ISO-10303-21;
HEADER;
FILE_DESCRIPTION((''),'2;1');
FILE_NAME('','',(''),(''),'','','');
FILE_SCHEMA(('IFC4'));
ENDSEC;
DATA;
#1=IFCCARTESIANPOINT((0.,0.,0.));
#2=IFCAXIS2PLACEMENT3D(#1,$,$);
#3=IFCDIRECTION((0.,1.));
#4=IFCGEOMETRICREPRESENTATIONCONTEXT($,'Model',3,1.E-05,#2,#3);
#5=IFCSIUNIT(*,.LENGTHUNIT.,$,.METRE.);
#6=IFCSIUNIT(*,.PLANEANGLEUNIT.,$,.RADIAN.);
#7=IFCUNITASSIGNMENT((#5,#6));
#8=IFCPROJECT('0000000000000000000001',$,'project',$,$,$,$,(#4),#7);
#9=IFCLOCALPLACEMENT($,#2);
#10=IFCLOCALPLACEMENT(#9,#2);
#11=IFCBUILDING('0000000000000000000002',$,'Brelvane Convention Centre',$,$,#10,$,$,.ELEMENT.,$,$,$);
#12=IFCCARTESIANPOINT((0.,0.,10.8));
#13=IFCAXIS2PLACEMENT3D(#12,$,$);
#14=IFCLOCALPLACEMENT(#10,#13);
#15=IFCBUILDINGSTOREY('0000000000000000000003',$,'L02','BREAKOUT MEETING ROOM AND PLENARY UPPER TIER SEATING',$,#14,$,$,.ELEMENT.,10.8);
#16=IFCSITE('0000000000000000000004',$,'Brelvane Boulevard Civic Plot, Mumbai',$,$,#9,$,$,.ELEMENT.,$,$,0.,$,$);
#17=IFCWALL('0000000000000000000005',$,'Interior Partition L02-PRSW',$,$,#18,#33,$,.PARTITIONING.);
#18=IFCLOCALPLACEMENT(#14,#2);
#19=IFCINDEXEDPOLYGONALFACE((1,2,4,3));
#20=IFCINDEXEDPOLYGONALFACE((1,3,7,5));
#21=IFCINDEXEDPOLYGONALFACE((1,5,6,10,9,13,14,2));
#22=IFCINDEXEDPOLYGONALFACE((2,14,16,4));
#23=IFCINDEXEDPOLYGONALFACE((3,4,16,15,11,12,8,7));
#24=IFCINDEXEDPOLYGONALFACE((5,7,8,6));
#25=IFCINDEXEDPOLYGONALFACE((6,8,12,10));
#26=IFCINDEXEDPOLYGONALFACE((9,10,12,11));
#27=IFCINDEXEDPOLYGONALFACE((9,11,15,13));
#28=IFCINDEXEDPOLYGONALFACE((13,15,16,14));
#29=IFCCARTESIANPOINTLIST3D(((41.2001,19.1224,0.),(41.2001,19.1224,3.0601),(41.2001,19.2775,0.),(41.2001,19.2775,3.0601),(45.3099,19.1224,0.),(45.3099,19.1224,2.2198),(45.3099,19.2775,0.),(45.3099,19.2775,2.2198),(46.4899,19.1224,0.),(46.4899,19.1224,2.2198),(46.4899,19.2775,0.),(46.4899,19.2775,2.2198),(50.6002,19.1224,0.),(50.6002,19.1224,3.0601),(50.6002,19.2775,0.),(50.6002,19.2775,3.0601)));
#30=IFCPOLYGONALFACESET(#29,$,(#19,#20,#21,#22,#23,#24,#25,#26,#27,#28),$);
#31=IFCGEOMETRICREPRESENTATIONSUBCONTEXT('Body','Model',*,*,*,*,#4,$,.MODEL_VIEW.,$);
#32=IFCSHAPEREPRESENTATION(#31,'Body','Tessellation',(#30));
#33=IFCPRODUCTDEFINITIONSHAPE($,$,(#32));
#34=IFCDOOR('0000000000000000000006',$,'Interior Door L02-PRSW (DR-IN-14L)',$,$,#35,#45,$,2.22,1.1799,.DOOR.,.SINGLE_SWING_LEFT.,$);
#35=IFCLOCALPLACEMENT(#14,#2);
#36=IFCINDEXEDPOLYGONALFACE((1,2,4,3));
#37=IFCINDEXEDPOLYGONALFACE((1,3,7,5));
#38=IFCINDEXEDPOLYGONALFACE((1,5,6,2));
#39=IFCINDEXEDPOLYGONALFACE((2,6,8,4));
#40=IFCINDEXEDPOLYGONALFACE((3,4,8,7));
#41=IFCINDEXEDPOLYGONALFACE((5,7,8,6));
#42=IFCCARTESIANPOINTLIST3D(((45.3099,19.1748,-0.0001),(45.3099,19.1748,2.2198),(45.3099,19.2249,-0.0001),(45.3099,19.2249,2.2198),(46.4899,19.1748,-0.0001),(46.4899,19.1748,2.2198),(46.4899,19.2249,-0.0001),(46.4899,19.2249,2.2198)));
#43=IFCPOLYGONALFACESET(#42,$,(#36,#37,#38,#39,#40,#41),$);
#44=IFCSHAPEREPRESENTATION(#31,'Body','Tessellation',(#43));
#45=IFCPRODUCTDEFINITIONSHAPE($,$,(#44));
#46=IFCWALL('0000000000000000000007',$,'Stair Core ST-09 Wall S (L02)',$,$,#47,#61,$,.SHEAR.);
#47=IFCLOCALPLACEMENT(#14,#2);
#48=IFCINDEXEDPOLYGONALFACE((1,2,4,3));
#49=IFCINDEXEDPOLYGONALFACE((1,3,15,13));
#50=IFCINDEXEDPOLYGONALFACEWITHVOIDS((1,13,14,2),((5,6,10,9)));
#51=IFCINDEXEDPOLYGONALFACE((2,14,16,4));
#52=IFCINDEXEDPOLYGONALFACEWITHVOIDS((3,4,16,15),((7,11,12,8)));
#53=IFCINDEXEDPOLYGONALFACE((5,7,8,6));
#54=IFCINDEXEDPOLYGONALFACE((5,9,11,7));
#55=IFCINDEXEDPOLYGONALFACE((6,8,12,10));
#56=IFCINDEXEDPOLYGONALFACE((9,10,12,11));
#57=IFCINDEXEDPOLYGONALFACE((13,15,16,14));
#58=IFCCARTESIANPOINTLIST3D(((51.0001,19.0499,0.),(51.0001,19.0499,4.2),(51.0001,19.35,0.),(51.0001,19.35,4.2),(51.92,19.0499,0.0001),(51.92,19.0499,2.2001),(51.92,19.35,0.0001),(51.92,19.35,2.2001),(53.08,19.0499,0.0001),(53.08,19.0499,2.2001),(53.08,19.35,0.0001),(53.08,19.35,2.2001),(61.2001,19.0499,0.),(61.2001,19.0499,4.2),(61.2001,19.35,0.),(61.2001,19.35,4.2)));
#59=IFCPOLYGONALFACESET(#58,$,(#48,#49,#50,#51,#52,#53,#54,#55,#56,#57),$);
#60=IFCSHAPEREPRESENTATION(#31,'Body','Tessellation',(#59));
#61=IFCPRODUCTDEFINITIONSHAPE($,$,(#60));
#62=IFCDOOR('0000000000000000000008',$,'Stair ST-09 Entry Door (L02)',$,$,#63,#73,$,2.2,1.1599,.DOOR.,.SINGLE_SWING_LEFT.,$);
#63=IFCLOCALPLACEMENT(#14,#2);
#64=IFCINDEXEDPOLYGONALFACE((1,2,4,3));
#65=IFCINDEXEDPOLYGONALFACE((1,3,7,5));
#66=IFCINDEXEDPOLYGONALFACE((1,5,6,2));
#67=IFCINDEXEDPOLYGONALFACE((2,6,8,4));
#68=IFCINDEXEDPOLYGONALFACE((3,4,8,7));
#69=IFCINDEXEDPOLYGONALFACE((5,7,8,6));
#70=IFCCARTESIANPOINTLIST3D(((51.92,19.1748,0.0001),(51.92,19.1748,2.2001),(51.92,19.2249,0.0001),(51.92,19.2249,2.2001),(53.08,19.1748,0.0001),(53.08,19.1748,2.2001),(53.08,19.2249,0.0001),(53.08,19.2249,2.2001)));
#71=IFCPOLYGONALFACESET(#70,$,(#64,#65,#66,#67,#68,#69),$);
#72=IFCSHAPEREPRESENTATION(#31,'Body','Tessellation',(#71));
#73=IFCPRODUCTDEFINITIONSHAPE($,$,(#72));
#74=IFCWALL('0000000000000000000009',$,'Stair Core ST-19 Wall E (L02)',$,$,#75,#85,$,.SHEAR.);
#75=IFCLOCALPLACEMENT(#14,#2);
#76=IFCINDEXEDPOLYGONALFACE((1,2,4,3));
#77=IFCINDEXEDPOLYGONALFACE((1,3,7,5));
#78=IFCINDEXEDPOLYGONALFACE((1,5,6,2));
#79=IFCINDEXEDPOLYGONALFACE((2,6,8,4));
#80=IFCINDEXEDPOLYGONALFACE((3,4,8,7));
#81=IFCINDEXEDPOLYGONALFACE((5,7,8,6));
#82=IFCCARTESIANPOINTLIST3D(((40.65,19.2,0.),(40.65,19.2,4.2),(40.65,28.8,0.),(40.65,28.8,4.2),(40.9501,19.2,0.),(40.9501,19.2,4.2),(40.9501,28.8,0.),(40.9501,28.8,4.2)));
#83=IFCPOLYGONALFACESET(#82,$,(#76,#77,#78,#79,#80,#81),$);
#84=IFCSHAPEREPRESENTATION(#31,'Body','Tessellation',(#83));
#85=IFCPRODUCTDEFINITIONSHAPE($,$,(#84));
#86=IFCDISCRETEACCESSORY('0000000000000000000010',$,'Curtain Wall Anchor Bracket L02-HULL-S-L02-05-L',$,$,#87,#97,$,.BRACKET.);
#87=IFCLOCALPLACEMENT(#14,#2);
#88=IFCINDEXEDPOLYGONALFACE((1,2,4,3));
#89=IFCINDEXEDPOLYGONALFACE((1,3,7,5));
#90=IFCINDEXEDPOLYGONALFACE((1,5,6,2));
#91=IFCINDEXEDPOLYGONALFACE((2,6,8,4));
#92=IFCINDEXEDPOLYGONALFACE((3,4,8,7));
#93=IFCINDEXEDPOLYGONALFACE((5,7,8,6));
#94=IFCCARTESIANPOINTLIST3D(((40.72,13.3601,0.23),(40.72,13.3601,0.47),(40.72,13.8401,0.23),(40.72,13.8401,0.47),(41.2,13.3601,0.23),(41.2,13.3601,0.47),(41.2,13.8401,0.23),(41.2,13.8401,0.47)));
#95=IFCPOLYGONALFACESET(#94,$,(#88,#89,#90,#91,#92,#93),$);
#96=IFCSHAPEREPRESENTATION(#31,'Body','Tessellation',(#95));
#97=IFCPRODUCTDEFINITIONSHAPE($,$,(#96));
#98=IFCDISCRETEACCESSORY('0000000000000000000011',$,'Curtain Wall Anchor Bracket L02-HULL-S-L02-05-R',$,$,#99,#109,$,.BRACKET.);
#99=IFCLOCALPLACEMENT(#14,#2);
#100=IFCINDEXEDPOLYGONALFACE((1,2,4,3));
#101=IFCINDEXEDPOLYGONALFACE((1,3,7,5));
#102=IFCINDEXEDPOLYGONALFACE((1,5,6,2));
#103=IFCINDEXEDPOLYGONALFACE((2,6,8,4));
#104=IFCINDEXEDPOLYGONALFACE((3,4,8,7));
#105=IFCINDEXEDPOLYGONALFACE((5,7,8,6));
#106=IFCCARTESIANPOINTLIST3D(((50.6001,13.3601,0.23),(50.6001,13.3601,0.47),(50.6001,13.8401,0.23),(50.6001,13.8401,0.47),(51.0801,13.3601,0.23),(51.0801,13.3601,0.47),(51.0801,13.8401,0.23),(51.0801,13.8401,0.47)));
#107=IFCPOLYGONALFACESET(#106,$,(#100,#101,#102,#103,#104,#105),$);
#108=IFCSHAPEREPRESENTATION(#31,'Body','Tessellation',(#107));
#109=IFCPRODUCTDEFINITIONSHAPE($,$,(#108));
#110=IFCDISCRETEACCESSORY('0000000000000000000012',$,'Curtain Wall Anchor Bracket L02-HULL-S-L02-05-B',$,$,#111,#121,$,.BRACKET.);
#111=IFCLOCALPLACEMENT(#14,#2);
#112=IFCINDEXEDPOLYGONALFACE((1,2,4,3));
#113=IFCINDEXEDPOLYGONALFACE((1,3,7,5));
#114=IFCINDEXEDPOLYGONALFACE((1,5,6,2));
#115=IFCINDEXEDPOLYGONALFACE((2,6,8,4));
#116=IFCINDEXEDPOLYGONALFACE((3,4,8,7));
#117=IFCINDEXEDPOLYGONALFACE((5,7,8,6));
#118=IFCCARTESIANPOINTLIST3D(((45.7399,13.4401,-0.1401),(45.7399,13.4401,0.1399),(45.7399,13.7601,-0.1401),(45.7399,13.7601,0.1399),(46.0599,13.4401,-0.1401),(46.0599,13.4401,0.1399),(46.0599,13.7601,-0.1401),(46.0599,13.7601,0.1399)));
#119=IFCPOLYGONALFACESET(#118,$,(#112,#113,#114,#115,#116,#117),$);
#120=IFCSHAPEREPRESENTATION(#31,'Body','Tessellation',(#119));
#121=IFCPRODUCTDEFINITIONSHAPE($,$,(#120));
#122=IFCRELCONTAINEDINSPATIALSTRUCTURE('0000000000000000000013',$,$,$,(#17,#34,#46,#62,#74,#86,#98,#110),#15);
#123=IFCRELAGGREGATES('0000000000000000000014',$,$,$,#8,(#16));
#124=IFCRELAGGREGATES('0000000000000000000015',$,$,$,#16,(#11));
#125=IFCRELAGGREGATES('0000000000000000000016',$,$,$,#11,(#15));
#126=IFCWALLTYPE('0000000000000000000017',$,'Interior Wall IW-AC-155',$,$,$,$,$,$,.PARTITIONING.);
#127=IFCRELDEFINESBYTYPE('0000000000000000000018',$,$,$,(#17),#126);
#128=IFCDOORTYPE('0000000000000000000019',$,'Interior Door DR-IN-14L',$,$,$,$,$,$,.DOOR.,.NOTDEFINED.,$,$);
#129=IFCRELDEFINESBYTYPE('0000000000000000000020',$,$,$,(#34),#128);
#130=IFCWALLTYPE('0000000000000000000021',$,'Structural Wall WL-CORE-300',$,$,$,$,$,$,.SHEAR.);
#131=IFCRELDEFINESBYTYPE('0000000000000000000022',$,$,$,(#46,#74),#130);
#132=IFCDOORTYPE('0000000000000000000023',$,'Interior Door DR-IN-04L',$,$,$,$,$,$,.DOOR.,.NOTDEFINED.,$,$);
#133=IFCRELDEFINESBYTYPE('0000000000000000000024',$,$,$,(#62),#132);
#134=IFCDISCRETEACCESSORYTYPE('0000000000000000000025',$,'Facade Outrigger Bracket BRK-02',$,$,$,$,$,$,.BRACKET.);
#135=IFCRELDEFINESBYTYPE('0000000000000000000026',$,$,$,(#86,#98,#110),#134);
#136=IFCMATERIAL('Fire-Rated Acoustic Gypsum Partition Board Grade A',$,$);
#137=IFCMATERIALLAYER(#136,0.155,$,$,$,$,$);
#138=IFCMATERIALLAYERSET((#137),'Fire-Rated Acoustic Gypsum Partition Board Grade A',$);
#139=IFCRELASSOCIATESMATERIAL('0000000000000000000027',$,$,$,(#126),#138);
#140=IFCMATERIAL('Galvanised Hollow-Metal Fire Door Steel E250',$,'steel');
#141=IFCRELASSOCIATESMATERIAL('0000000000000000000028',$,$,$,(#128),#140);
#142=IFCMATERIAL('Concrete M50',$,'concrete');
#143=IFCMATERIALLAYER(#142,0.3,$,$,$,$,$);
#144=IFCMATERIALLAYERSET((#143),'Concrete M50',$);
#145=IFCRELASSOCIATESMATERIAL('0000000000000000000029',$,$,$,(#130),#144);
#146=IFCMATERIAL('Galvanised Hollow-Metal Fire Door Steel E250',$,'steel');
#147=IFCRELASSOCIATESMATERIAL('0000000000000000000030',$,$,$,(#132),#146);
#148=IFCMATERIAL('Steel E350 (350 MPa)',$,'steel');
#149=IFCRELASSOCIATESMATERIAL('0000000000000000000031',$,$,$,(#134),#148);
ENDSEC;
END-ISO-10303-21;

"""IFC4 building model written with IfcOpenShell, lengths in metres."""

from ifc_helpers import new_model, si_unit, direction, frame, frame_2d, origin, origin_2d, place, context, subcontext, project, spatial, rectangle, extrude, material, layer, layer_set, type_object, element, fill, save


model = new_model("IFC4")

# Units and contexts
model_context = context("Model", 3, precision=1e-05, world=origin(), true_north=direction((0.0, 1.0)))
body_context = subcontext(model_context, "Body", "Model", "MODEL_VIEW")
ifc_project = project(units=[si_unit("LENGTHUNIT", "METRE"), si_unit("PLANEANGLEUNIT", "RADIAN")], contexts=[model_context])

# Site, building, storey
site_placement = place(None, origin())
site = spatial("IfcSite", under=ifc_project, at=site_placement, Name="Brelvane Boulevard Civic Plot, Mumbai", CompositionType="ELEMENT", RefElevation=0.0)
building_placement = place(site_placement, origin())
building = spatial("IfcBuilding", under=site, at=building_placement, Name="Brelvane Convention Centre", CompositionType="ELEMENT")
storey_placement = place(building_placement, frame((0.0, 0.0, 10.8)))
storey = spatial("IfcBuildingStorey", under=building, at=storey_placement, Name="L02", Description="BREAKOUT MEETING ROOM AND PLENARY UPPER TIER SEATING", CompositionType="ELEMENT", Elevation=10.8)

# Walls, openings, doors
ifc_material_1 = material(Name="Fire-Rated Acoustic Gypsum Partition Board Grade A")
ifc_layer_1 = layer(ifc_material_1, 0.155)
ifc_layer_set_1 = layer_set([ifc_layer_1], Name="Fire-Rated Acoustic Gypsum Partition Board Grade A")
wall_type_1 = type_object("IfcWallType", Name="Interior Wall IW-AC-155", PredefinedType="PARTITIONING", material=ifc_layer_set_1)
wall_1_placement = place(storey_placement, frame((41.2, 19.2, 0.0), z_axis=(0.0, 0.0, 1.0), x_axis=(1.0, 0.0, 0.0)))
wall_1 = element("IfcWall", 1, at=wall_1_placement, inside=storey, type_object=wall_type_1, Name="Interior Partition L02-PRSW", PredefinedType="PARTITIONING", context=body_context, shape_type="SweptSolid", body=[
    extrude(rectangle(XDim=9.4001, YDim=0.155, at=frame_2d((4.7002, 0.0))), origin(), (0.0, 0.0, 1.0), 3.0601),
])
opening_1_placement = place(wall_1_placement, frame((4.1101, 0.0, 0.0)))
opening_1 = element("IfcOpeningElement", 2, at=opening_1_placement, cuts=wall_1, PredefinedType="OPENING", context=body_context, shape_type="SweptSolid", body=[
    extrude(rectangle(XDim=1.1799, YDim=2.22, at=frame_2d((0.5898, 1.1099))), frame((0.0, 0.0874, 0.0), z_axis=(0.0, -1.0, 0.0), x_axis=(1.0, 0.0, 0.0)), (0.0, 0.0, 1.0), 0.175),
])
ifc_material_2 = material(Name="Galvanised Hollow-Metal Fire Door Steel E250", Category="steel")
door_type_1 = type_object("IfcDoorType", Name="Interior Door DR-IN-14L", OperationType="NOTDEFINED", PredefinedType="DOOR", material=ifc_material_2)
door_1_placement = place(opening_1_placement, origin())
door_1 = element("IfcDoor", 3, at=door_1_placement, inside=storey, type_object=door_type_1, Name="Interior Door L02-PRSW (DR-IN-14L)", OperationType="SINGLE_SWING_LEFT", OverallHeight=2.22, OverallWidth=1.1799, PredefinedType="DOOR", context=body_context, shape_type="SweptSolid", body=[
    extrude(rectangle(XDim=1.1799, YDim=2.22, at=frame_2d((0.5898, 1.1099))), frame((0.0, 0.0249, 0.0), z_axis=(0.0, -1.0, 0.0), x_axis=(1.0, 0.0, 0.0)), (0.0, 0.0, 1.0), 0.05),
])
fill(opening_1, door_1)
ifc_material_3 = material(Name="Concrete M50", Category="concrete")
ifc_layer_2 = layer(ifc_material_3, 0.3)
ifc_layer_set_2 = layer_set([ifc_layer_2], Name="Concrete M50")
wall_type_2 = type_object("IfcWallType", Name="Structural Wall WL-CORE-300", PredefinedType="SHEAR", material=ifc_layer_set_2)
wall_2_placement = place(storey_placement, frame((51.0, 19.2, 0.0), z_axis=(0.0, 0.0, 1.0), x_axis=(1.0, 0.0, 0.0)))
wall_2 = element("IfcWall", 4, at=wall_2_placement, inside=storey, type_object=wall_type_2, Name="Stair Core ST-09 Wall S (L02)", PredefinedType="SHEAR", context=body_context, shape_type="SweptSolid", body=[
    extrude(rectangle(XDim=10.2, YDim=0.3, at=frame_2d((5.1001, 0.0))), origin(), (0.0, 0.0, 1.0), 4.2),
])
opening_2_placement = place(wall_2_placement, frame((0.9199, 0.0, 0.0)))
opening_2 = element("IfcOpeningElement", 5, at=opening_2_placement, cuts=wall_2, PredefinedType="OPENING", context=body_context, shape_type="SweptSolid", body=[
    extrude(rectangle(XDim=1.1599, YDim=2.2, at=frame_2d((0.5801, 1.1001))), frame((0.0, 0.1599, 0.0), z_axis=(0.0, -1.0, 0.0), x_axis=(1.0, 0.0, 0.0)), (0.0, 0.0, 1.0), 0.3201),
])
ifc_material_4 = material(Name="Galvanised Hollow-Metal Fire Door Steel E250", Category="steel")
door_type_2 = type_object("IfcDoorType", Name="Interior Door DR-IN-04L", OperationType="NOTDEFINED", PredefinedType="DOOR", material=ifc_material_4)
door_2_placement = place(opening_2_placement, origin())
door_2 = element("IfcDoor", 6, at=door_2_placement, inside=storey, type_object=door_type_2, Name="Stair ST-09 Entry Door (L02)", OperationType="SINGLE_SWING_LEFT", OverallHeight=2.2, OverallWidth=1.1599, PredefinedType="DOOR", context=body_context, shape_type="SweptSolid", body=[
    extrude(rectangle(XDim=1.1599, YDim=2.2, at=frame_2d((0.5801, 1.1001))), frame((0.0, 0.0249, 0.0), z_axis=(0.0, -1.0, 0.0), x_axis=(1.0, 0.0, 0.0)), (0.0, 0.0, 1.0), 0.05),
])
fill(opening_2, door_2)

# Wall
wall_3_placement = place(storey_placement, frame((40.8, 19.2, 0.0), z_axis=(0.0, 0.0, 1.0), x_axis=(0.0, 1.0, 0.0)))
element("IfcWall", 7, at=wall_3_placement, inside=storey, type_object=wall_type_2, Name="Stair Core ST-19 Wall E (L02)", PredefinedType="SHEAR", context=body_context, shape_type="SweptSolid", body=[
    extrude(rectangle(XDim=9.6001, YDim=0.3, at=frame_2d((4.8, 0.0))), origin(), (0.0, 0.0, 1.0), 4.2),
])

# Discrete accessories
ifc_material_5 = material(Name="Steel E350 (350 MPa)", Category="steel")
discrete_accessory_type = type_object("IfcDiscreteAccessoryType", Name="Facade Outrigger Bracket BRK-02", PredefinedType="BRACKET", material=ifc_material_5)
for number, where, z_axis, x_axis, name in (
    (8, (40.96, 13.6001, 0.23), (0.0, 0.0, 1.0), (1.0, 0.0, 0.0), "Curtain Wall Anchor Bracket L02-HULL-S-L02-05-L"),
    (9, (50.8401, 13.6001, 0.23), (0.0, 0.0, 1.0), (1.0, 0.0, 0.0), "Curtain Wall Anchor Bracket L02-HULL-S-L02-05-R"),
):
    element("IfcDiscreteAccessory", number, at=place(storey_placement, frame(where, z_axis=z_axis, x_axis=x_axis)), inside=storey, type_object=discrete_accessory_type, Name=name, PredefinedType="BRACKET", context=body_context, shape_type="SweptSolid", body=[
        extrude(rectangle(XDim=0.48, YDim=0.48, at=origin_2d()), origin(), (0.0, 0.0, 1.0), 0.24),
    ])
discrete_accessory_placement = place(storey_placement, frame((45.8999, 13.6001, -0.1401), z_axis=(0.0, 0.0, 1.0), x_axis=(1.0, 0.0, 0.0)))
element("IfcDiscreteAccessory", 10, at=discrete_accessory_placement, inside=storey, type_object=discrete_accessory_type, Name="Curtain Wall Anchor Bracket L02-HULL-S-L02-05-B", PredefinedType="BRACKET", context=body_context, shape_type="SweptSolid", body=[
    extrude(rectangle(XDim=0.3201, YDim=0.3201, at=origin_2d()), origin(), (0.0, 0.0, 1.0), 0.28),
])

save(model, "model.ifc")
